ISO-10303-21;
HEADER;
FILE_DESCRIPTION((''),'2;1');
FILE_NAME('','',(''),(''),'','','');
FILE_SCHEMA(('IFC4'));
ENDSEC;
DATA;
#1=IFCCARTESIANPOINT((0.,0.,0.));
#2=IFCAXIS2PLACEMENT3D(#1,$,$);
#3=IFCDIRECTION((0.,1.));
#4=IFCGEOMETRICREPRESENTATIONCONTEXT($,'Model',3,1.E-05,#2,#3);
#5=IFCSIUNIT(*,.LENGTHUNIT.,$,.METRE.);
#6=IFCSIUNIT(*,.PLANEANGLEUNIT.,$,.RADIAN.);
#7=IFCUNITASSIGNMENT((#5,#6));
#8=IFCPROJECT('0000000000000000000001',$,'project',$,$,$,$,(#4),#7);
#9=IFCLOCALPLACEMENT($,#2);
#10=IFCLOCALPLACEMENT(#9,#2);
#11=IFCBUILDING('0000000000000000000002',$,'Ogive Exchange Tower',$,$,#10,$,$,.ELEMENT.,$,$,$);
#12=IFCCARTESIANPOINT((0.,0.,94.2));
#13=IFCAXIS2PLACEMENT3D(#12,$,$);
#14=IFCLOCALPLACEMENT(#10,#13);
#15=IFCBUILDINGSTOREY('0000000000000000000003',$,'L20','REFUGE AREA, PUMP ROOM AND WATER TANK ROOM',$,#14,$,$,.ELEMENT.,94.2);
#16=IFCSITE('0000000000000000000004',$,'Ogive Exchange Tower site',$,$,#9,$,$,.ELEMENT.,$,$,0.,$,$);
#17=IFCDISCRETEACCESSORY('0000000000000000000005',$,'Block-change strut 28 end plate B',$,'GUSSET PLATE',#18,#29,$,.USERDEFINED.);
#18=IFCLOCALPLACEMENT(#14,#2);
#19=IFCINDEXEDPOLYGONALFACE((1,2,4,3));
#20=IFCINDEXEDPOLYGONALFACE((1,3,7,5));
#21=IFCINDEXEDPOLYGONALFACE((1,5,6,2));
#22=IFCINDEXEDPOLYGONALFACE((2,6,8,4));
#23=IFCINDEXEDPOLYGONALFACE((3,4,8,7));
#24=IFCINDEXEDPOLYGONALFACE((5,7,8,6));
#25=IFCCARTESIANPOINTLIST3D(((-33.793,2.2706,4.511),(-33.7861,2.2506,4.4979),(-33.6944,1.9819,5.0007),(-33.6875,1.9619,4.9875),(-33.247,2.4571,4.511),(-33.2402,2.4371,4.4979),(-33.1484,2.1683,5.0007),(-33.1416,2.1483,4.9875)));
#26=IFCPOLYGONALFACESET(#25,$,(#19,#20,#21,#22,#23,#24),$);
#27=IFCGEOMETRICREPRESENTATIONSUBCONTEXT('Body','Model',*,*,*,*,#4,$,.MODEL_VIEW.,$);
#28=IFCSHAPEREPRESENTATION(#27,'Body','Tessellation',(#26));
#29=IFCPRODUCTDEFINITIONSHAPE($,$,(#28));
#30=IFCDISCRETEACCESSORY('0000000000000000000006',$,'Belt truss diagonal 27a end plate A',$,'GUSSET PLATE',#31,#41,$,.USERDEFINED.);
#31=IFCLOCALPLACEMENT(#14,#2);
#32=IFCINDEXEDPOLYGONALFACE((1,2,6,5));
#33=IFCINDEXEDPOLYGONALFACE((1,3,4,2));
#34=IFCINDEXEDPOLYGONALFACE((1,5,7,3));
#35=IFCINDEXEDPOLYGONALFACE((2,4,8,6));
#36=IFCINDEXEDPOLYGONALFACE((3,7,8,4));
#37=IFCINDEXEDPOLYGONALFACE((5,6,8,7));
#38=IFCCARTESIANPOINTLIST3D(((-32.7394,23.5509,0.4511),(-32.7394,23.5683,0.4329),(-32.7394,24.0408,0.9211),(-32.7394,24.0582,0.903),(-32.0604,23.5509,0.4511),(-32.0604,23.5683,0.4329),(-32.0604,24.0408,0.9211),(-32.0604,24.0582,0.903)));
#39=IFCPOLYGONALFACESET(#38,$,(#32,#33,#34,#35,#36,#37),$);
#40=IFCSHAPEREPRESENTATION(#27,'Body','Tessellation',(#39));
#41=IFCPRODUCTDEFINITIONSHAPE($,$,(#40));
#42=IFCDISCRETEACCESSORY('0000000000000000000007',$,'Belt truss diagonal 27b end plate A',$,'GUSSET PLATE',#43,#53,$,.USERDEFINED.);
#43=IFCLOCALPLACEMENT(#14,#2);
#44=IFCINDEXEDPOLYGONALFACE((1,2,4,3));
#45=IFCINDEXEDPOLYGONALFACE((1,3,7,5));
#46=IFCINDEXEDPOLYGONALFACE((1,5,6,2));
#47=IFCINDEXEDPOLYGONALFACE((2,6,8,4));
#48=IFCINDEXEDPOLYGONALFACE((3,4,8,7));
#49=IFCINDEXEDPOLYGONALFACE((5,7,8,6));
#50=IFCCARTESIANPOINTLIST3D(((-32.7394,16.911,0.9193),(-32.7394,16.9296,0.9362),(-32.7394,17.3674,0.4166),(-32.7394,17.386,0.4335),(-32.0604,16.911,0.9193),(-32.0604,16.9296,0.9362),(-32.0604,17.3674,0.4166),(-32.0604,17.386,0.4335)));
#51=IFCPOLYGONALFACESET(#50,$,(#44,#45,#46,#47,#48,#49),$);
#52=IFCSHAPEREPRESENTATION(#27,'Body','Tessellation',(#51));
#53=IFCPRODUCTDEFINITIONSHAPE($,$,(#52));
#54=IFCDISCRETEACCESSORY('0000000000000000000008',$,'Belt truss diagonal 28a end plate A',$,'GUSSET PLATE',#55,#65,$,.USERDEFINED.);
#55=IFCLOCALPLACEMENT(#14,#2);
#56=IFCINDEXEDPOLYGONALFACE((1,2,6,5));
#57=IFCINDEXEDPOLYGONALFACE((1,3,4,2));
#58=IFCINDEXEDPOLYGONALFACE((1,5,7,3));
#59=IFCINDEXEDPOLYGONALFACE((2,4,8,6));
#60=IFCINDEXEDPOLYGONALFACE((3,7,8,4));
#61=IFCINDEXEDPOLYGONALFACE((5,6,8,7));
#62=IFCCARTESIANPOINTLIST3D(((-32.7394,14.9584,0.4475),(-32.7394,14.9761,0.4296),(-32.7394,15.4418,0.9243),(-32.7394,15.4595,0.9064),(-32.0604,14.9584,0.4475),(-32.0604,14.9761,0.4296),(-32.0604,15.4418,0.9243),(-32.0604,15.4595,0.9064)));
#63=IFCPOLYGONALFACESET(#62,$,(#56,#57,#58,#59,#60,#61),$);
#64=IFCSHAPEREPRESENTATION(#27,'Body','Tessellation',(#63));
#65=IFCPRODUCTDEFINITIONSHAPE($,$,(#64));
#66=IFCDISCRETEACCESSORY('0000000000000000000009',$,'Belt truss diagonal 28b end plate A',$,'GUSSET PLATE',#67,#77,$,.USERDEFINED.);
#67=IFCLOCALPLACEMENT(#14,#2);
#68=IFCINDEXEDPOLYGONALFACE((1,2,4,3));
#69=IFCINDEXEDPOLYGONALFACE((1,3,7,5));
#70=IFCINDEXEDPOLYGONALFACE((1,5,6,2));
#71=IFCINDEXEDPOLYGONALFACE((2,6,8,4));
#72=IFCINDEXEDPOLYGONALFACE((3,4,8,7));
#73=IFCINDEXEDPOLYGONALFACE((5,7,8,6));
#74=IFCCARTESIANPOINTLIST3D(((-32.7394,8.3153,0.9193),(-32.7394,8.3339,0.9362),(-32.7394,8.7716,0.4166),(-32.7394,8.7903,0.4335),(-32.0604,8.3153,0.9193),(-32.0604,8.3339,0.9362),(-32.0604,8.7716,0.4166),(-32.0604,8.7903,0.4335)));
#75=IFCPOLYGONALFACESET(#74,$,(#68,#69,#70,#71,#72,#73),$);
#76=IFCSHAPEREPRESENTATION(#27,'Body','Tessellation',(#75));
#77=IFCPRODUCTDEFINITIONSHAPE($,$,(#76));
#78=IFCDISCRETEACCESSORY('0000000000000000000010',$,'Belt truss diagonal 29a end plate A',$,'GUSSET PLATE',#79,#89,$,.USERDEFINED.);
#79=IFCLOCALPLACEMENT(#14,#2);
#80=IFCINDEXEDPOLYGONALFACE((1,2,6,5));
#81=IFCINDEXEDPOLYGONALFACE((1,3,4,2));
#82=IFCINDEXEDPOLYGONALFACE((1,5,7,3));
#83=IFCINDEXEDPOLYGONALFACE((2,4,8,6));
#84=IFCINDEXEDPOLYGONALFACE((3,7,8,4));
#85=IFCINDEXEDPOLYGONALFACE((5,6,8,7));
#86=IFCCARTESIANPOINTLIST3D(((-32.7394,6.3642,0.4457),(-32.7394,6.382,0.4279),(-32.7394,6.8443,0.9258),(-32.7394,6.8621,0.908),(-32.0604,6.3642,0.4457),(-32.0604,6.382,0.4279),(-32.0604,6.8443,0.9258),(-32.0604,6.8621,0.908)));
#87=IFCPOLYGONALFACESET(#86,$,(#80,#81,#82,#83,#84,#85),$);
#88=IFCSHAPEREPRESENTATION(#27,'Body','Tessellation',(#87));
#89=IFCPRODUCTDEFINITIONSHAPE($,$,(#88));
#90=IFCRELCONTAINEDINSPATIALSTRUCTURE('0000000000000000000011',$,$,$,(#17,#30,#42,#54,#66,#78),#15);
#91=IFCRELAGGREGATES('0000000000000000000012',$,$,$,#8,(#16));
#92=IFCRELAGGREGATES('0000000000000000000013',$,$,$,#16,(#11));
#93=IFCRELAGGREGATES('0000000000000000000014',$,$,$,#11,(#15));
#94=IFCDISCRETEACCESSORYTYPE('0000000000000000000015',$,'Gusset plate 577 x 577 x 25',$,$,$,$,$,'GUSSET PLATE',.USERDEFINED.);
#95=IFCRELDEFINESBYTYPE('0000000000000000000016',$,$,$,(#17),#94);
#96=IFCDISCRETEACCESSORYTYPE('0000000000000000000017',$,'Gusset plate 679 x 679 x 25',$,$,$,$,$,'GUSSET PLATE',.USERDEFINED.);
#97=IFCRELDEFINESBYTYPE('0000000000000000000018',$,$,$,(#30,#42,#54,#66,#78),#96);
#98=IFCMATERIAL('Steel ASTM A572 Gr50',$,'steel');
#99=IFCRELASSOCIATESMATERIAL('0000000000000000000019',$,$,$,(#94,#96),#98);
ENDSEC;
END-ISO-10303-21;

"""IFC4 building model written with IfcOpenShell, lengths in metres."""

from ifc_helpers import new_model, si_unit, direction, frame, origin, origin_2d, place, context, subcontext, project, spatial, rectangle, extrude, material, material_profile, profile_set, type_object, element, save


model = new_model("IFC4")

# Units and contexts
model_context = context("Model", 3, precision=1e-05, world=origin(), true_north=direction((0.0, 1.0)))
body_context = subcontext(model_context, "Body", "Model", "MODEL_VIEW")
ifc_project = project(units=[si_unit("LENGTHUNIT", "METRE"), si_unit("PLANEANGLEUNIT", "RADIAN")], contexts=[model_context])

# Site, building, storey
site_placement = place(None, origin())
site = spatial("IfcSite", under=ifc_project, at=site_placement, Name="Ogive Exchange Tower site", CompositionType="ELEMENT", RefElevation=0.0)
building_placement = place(site_placement, origin())
building = spatial("IfcBuilding", under=site, at=building_placement, Name="Ogive Exchange Tower", CompositionType="ELEMENT")
storey_placement = place(building_placement, frame((0.0, 0.0, 94.2)))
storey = spatial("IfcBuildingStorey", under=building, at=storey_placement, Name="L20", Description="REFUGE AREA, PUMP ROOM AND WATER TANK ROOM", CompositionType="ELEMENT", Elevation=94.2)

# Discrete accessories
ifc_material_1 = material(Name="Steel ASTM A572 Gr50", Category="steel")
ifc_material_profile_1 = material_profile(ifc_material_1, rectangle(XDim=0.5769, YDim=0.5769, at=origin_2d()), Name="PL 577 x 577 x 25")
ifc_profile_set_1 = profile_set([ifc_material_profile_1], Name="Steel ASTM A572 Gr50")
discrete_accessory_type_1 = type_object("IfcDiscreteAccessoryType", Name="Gusset plate 577 x 577 x 25", ElementType="GUSSET PLATE", PredefinedType="USERDEFINED", material=ifc_profile_set_1)
discrete_accessory_1_placement = place(storey_placement, frame((-33.4639, 2.1995, 4.7427), z_axis=(-0.274246, 0.80315, 0.528904), x_axis=(-0.94635, -0.323144, 0.0)))
element("IfcDiscreteAccessory", 1, at=discrete_accessory_1_placement, inside=storey, type_object=discrete_accessory_type_1, Name="Block-change strut 28 end plate B", ObjectType="GUSSET PLATE", PredefinedType="USERDEFINED", context=body_context, shape_type="SweptSolid", body=[
    extrude(rectangle(XDim=0.5769, YDim=0.5769, at=origin_2d()), origin(), (0.0, 0.0, 1.0), 0.0249),
])
ifc_material_profile_2 = material_profile(ifc_material_1, rectangle(XDim=0.679, YDim=0.679, at=origin_2d()), Name="PL 679 x 679 x 25")
ifc_profile_set_2 = profile_set([ifc_material_profile_2], Name="Steel ASTM A572 Gr50")
discrete_accessory_type_2 = type_object("IfcDiscreteAccessoryType", Name="Gusset plate 679 x 679 x 25", ElementType="GUSSET PLATE", PredefinedType="USERDEFINED", material=ifc_profile_set_2)
for number, where, z_axis, x_axis, name in (
    (2, (-32.3999, 23.8132, 0.668), (0.0, -0.692329, 0.721582), (1.0, 0.0, 0.0), "Belt truss diagonal 27a end plate A"),
    (3, (-32.3999, 17.1392, 0.668), (0.0, 0.740381, 0.672188), (-1.0, 0.0, 0.0), "Belt truss diagonal 27b end plate A"),
    (4, (-32.3999, 15.2178, 0.668), (0.0, -0.702213, 0.711966), (1.0, 0.0, 0.0), "Belt truss diagonal 28a end plate A"),
    (5, (-32.3999, 8.5435, 0.668), (0.0, 0.740381, 0.672188), (-1.0, 0.0, 0.0), "Belt truss diagonal 28b end plate A"),
    (6, (-32.3999, 6.6221, 0.668), (0.0, -0.707107, 0.707107), (1.0, 0.0, 0.0), "Belt truss diagonal 29a end plate A"),
):
    element("IfcDiscreteAccessory", number, at=place(storey_placement, frame(where, z_axis=z_axis, x_axis=x_axis)), inside=storey, type_object=discrete_accessory_type_2, Name=name, ObjectType="GUSSET PLATE", PredefinedType="USERDEFINED", context=body_context, shape_type="SweptSolid", body=[
        extrude(rectangle(XDim=0.679, YDim=0.679, at=origin_2d()), origin(), (0.0, 0.0, 1.0), 0.0251),
    ])

save(model, "model.ifc")
